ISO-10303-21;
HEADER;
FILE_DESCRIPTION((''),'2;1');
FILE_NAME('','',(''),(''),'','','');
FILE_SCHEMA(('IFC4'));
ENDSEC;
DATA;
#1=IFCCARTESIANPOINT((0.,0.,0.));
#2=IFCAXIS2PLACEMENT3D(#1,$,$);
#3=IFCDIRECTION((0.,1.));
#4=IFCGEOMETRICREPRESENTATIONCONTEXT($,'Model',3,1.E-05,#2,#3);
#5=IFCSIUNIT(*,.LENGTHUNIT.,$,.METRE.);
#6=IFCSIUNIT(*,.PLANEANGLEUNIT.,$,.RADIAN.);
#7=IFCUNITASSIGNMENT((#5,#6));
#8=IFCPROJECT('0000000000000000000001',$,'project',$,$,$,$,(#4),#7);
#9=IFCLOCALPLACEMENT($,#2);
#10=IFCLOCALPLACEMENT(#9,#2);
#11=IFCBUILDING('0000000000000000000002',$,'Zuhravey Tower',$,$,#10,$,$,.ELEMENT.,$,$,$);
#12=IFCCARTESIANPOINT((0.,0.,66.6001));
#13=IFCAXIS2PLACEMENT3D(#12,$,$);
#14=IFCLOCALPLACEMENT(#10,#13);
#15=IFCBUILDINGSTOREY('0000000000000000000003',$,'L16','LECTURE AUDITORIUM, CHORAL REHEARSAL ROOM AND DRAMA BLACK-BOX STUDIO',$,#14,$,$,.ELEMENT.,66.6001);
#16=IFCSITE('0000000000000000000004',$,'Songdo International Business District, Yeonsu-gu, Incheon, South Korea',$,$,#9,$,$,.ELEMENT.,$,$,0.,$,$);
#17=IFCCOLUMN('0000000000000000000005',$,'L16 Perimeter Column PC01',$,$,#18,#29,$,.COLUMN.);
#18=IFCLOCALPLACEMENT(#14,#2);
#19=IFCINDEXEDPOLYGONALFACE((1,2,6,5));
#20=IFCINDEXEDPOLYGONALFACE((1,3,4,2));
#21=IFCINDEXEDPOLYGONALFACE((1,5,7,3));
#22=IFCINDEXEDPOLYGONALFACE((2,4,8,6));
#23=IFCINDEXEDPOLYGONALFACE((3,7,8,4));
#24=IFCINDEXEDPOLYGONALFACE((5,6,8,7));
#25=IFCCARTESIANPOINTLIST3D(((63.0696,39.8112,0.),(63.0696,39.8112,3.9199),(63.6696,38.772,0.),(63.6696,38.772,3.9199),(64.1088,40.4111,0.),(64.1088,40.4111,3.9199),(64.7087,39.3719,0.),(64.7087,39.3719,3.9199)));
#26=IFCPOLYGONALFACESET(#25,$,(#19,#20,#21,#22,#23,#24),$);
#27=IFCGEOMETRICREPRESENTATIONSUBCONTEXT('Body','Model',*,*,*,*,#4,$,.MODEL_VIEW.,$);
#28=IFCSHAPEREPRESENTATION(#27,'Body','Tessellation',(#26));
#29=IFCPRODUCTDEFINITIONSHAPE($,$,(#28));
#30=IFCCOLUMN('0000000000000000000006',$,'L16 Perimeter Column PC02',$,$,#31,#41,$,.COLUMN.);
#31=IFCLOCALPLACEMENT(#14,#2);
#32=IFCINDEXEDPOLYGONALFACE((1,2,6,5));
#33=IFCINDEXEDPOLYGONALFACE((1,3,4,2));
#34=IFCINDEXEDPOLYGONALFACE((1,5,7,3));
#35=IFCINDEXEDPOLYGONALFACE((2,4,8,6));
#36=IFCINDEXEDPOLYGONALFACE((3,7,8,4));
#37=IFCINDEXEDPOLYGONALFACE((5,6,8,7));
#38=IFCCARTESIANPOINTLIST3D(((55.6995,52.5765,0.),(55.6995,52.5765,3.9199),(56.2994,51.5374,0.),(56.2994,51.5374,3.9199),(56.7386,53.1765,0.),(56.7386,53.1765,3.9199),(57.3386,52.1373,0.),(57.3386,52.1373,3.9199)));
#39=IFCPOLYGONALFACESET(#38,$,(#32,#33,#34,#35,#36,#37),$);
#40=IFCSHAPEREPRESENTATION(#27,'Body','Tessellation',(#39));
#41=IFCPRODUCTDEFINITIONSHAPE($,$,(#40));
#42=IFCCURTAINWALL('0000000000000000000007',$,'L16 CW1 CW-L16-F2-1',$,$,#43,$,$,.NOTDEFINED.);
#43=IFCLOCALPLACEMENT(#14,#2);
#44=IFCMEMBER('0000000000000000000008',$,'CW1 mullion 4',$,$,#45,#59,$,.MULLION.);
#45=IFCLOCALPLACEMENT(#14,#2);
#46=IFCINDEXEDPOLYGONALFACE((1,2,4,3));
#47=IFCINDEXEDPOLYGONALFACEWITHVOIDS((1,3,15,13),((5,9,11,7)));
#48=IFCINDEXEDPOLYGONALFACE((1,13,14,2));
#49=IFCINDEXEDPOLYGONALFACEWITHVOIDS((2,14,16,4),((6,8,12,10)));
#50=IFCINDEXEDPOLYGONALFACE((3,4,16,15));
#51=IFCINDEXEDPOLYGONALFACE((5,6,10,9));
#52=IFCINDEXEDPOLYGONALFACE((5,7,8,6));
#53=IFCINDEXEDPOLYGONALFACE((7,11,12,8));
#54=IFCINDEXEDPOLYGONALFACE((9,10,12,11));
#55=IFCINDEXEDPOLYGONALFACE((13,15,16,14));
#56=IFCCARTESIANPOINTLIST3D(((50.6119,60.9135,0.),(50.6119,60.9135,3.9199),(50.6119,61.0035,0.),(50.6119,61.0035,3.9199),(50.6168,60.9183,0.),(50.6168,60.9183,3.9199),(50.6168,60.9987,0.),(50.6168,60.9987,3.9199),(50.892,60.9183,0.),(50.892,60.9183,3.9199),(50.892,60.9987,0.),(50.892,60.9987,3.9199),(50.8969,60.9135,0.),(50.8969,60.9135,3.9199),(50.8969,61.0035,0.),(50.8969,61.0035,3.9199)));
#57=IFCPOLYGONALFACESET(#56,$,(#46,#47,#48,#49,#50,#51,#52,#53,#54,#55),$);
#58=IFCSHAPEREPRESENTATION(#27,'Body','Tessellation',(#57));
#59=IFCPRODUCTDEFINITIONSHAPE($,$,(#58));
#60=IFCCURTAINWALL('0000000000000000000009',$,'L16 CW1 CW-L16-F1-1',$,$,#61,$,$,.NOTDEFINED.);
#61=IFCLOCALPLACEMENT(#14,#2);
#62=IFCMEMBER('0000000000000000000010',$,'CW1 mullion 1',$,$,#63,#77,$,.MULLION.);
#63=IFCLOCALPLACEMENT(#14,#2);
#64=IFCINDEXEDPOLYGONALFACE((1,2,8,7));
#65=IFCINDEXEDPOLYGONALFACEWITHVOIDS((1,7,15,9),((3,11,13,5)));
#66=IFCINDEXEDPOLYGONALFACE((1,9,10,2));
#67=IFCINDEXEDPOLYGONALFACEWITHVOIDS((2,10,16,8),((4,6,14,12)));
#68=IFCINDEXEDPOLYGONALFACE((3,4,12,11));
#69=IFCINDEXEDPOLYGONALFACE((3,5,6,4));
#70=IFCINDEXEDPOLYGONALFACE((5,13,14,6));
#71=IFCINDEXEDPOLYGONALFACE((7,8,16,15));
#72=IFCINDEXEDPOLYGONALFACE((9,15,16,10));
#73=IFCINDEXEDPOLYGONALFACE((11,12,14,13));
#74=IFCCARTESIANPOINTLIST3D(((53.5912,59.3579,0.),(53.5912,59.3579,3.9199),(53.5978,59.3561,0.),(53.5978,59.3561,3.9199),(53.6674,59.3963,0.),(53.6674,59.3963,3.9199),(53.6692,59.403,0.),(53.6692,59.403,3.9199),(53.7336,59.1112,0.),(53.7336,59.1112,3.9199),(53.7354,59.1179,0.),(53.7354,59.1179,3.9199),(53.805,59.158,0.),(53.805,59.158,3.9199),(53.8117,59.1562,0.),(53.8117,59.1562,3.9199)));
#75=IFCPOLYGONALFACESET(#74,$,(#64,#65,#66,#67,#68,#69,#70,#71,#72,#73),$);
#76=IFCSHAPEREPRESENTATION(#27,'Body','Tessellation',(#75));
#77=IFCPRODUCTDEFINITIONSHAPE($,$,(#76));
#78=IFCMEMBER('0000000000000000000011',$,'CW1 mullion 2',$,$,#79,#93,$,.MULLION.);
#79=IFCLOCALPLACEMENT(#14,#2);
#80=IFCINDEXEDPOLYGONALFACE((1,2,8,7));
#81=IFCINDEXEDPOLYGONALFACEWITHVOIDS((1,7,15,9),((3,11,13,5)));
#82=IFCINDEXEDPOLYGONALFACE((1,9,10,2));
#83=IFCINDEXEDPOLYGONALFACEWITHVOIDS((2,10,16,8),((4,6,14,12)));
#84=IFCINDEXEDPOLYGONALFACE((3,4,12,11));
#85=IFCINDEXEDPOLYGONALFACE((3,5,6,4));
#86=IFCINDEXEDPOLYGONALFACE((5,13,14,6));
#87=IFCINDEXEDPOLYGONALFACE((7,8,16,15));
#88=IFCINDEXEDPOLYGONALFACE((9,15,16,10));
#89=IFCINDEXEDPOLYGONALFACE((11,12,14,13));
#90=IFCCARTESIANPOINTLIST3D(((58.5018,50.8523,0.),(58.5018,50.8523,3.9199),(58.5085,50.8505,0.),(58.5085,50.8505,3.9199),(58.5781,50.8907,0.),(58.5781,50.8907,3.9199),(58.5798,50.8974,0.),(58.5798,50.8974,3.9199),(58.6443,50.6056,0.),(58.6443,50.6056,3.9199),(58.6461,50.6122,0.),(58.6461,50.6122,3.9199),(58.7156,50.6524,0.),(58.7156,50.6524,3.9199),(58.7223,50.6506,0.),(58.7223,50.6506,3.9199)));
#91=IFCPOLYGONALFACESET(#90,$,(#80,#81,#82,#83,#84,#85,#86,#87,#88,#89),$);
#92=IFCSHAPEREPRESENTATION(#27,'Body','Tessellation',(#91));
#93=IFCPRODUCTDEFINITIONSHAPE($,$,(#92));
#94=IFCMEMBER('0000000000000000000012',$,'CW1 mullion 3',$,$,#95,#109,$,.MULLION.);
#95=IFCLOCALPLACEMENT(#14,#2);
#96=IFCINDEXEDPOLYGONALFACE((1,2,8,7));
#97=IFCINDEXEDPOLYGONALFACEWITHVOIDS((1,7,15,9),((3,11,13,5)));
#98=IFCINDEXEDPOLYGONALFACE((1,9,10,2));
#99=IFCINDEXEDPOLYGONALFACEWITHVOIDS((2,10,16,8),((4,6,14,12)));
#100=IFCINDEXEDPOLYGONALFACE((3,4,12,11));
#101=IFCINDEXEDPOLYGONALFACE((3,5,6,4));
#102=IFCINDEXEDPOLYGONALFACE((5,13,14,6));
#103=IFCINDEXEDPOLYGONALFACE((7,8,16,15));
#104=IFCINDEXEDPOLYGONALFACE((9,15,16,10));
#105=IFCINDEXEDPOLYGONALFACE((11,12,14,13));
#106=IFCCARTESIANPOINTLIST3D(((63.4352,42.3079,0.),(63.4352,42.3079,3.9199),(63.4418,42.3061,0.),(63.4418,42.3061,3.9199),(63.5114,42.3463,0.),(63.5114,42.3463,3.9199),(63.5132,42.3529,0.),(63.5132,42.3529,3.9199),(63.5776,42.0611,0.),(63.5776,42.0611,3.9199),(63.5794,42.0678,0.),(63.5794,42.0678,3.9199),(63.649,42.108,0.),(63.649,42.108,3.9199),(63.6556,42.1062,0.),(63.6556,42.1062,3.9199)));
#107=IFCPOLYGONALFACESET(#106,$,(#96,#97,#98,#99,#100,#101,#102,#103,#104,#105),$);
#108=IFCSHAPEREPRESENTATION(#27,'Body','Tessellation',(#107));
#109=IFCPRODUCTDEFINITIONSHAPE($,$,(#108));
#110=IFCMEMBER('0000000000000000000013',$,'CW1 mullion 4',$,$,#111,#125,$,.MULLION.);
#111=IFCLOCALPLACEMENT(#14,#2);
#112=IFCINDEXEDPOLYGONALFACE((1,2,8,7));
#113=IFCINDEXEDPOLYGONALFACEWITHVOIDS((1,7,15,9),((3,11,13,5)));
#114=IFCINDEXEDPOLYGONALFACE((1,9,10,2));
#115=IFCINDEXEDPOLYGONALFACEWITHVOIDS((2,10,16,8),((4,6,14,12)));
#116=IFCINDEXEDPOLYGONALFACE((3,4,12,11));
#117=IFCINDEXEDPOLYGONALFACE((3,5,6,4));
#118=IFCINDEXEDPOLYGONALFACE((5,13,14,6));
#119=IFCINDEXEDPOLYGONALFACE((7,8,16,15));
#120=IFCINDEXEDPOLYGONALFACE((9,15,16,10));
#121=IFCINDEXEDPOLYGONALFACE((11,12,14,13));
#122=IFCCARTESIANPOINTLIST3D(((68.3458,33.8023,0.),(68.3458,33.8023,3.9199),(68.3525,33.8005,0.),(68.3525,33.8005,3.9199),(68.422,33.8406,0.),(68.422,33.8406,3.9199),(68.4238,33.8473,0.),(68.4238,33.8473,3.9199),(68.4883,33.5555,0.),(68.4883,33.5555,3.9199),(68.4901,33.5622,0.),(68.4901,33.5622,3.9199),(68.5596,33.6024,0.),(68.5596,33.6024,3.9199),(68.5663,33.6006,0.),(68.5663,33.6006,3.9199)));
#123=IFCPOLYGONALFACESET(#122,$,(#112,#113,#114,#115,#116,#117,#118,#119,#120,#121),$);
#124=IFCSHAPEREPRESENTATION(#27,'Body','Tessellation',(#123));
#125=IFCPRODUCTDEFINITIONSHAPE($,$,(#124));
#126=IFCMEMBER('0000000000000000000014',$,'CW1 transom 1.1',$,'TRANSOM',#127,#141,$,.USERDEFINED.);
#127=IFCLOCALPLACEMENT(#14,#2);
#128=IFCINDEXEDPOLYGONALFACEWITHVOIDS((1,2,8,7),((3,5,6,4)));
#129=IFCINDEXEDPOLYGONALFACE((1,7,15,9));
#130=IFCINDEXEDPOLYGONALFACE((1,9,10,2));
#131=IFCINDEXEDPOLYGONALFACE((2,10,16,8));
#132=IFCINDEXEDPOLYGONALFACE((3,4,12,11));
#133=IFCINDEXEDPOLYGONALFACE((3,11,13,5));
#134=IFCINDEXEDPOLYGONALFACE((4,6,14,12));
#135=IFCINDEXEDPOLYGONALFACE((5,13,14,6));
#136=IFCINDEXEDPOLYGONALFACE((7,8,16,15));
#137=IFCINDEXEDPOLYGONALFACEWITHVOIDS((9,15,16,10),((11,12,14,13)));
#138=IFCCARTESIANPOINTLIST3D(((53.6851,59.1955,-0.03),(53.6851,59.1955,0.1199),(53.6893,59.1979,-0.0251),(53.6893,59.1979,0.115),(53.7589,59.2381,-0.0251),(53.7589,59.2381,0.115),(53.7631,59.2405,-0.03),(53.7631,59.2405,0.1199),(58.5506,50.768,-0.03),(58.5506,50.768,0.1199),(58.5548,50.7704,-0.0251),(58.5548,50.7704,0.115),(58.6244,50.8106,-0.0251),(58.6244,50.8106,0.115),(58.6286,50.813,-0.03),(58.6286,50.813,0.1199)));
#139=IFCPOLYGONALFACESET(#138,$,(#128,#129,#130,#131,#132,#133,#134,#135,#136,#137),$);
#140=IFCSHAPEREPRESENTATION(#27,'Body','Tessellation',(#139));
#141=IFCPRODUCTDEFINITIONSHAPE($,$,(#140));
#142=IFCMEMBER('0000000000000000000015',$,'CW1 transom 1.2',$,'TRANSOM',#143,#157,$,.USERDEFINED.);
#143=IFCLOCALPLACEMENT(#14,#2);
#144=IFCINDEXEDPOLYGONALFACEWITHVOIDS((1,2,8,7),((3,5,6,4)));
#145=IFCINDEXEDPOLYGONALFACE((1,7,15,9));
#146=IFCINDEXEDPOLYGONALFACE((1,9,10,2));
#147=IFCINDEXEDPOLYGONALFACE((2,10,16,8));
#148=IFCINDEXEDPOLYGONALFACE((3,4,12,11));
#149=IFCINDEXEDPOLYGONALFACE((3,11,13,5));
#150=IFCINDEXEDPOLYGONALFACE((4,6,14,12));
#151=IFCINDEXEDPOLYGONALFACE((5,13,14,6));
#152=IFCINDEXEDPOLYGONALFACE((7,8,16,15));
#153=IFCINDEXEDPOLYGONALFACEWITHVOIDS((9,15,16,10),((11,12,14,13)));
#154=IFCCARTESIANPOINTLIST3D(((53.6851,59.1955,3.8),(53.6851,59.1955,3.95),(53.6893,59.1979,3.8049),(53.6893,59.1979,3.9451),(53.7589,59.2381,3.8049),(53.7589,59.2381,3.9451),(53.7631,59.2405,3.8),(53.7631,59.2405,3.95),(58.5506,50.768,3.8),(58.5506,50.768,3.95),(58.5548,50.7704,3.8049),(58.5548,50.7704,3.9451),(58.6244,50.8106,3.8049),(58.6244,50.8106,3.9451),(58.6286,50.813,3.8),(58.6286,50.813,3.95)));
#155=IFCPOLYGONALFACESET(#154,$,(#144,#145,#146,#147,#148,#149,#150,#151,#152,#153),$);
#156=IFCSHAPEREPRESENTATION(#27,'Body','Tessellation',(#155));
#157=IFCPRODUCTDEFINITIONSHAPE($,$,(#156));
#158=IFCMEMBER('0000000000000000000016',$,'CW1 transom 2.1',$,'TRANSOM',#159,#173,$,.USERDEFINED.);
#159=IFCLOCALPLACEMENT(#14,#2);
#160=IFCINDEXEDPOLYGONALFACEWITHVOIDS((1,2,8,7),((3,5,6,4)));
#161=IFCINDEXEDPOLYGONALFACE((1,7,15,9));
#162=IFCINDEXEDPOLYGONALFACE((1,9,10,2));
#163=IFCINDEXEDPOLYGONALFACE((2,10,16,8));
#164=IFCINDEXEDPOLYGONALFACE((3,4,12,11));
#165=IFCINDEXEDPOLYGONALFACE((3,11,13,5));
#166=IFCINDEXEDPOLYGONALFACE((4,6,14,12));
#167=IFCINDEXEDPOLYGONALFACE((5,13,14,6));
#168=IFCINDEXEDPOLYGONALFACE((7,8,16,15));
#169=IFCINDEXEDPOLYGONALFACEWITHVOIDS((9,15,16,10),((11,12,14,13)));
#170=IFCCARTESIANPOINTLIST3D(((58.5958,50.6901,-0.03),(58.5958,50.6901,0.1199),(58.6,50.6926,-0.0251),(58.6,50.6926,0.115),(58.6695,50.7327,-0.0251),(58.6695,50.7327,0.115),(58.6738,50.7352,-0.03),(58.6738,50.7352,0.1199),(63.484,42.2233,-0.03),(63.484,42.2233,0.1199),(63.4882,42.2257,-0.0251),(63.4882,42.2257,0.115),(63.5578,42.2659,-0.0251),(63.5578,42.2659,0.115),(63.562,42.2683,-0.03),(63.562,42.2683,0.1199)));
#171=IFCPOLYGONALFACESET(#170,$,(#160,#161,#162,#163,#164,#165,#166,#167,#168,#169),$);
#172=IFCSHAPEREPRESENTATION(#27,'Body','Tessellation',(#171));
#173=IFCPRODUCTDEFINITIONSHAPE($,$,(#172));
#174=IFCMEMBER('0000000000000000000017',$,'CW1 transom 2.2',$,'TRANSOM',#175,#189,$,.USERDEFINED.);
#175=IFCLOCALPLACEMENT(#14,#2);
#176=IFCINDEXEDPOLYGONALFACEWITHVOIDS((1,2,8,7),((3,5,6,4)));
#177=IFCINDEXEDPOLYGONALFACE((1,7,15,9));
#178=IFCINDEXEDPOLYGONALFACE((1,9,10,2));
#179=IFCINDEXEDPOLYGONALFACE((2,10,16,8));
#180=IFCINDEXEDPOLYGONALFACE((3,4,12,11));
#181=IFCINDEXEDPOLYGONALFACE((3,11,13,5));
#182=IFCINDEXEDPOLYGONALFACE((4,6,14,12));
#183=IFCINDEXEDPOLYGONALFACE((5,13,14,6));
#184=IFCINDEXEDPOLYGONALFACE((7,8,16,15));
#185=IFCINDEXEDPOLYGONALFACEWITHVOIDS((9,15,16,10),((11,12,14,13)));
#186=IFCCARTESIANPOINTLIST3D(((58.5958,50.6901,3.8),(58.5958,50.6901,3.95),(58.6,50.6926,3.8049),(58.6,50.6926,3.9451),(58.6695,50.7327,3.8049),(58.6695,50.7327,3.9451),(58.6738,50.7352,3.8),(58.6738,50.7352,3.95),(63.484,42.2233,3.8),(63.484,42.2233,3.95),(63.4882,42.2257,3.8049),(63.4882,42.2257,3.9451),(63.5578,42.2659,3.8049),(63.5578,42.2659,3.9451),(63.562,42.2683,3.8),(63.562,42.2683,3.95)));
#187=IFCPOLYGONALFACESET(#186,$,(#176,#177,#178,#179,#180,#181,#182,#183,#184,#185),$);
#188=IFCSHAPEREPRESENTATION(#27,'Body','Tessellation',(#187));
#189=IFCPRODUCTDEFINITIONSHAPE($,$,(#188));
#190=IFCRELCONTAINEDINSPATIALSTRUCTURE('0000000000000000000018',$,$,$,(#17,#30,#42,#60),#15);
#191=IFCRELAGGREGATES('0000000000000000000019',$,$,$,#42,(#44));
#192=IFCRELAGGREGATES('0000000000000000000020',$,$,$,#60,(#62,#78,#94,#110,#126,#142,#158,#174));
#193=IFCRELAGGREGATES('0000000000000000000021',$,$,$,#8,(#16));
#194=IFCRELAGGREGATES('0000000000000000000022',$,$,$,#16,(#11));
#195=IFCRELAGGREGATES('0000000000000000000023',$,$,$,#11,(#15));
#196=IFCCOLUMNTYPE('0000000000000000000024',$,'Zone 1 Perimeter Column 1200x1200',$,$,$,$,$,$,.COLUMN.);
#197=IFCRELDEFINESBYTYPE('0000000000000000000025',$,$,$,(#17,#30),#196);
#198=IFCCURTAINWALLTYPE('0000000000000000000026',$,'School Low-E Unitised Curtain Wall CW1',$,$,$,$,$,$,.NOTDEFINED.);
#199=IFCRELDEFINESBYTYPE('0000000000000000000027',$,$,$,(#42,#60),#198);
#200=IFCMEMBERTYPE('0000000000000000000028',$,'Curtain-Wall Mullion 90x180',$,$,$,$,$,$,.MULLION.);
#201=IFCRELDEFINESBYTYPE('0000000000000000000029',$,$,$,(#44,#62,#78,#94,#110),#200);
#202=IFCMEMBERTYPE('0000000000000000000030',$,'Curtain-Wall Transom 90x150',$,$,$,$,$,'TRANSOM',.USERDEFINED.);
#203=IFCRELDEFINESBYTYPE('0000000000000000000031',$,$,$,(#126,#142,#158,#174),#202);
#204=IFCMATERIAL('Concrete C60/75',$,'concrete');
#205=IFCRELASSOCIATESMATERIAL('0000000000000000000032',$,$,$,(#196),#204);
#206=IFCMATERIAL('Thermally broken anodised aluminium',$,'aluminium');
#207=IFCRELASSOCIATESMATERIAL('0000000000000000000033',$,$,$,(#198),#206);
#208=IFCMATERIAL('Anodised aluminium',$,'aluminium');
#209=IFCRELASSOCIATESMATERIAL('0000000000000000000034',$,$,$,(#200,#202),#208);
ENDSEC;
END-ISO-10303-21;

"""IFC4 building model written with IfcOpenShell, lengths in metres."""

from ifc_helpers import new_model, si_unit, direction, frame, origin, origin_2d, place, context, subcontext, project, spatial, rectangle, hollow_rectangle, extrude, material, material_profile, profile_set, type_object, element, aggregate, save


model = new_model("IFC4")

# Units and contexts
model_context = context("Model", 3, precision=1e-05, world=origin(), true_north=direction((0.0, 1.0)))
body_context = subcontext(model_context, "Body", "Model", "MODEL_VIEW")
ifc_project = project(units=[si_unit("LENGTHUNIT", "METRE"), si_unit("PLANEANGLEUNIT", "RADIAN")], contexts=[model_context])

# Site, building, storey
site_placement = place(None, origin())
site = spatial("IfcSite", under=ifc_project, at=site_placement, Name="Songdo International Business District, Yeonsu-gu, Incheon, South Korea", CompositionType="ELEMENT", RefElevation=0.0)
building_placement = place(site_placement, origin())
building = spatial("IfcBuilding", under=site, at=building_placement, Name="Zuhravey Tower", CompositionType="ELEMENT")
storey_placement = place(building_placement, frame((0.0, 0.0, 66.6001)))
storey = spatial("IfcBuildingStorey", under=building, at=storey_placement, Name="L16", Description="LECTURE AUDITORIUM, CHORAL REHEARSAL ROOM AND DRAMA BLACK-BOX STUDIO", CompositionType="ELEMENT", Elevation=66.6001)

# Columns
ifc_material_1 = material(Name="Concrete C60/75", Category="concrete")
ifc_material_profile_1 = material_profile(ifc_material_1, rectangle(XDim=1.2, YDim=1.2, at=origin_2d()), Name="RC-1200x1200")
ifc_profile_set_1 = profile_set([ifc_material_profile_1], Name="Concrete C60/75")
column_type = type_object("IfcColumnType", Name="Zone 1 Perimeter Column 1200x1200", PredefinedType="COLUMN", material=ifc_profile_set_1)
for number, where, z_axis, x_axis, name in (
    (1, (63.8892, 39.5916, 0.0), (0.0, 0.0, 1.0), (-0.5, 0.866025, 0.0), "L16 Perimeter Column PC01"),
    (2, (56.519, 52.3569, 0.0), (0.0, 0.0, 1.0), (-0.5, 0.866025, 0.0), "L16 Perimeter Column PC02"),
):
    element("IfcColumn", number, at=place(storey_placement, frame(where, z_axis=z_axis, x_axis=x_axis)), inside=storey, type_object=column_type, Name=name, PredefinedType="COLUMN", context=body_context, shape_type="SweptSolid", body=[
        extrude(rectangle(XDim=1.2, YDim=1.2, at=origin_2d()), origin(), (0.0, 0.0, 1.0), 3.9199),
    ])

# Curtain wall, member
ifc_material_2 = material(Name="Thermally broken anodised aluminium", Category="aluminium")
curtain_wall_type = type_object("IfcCurtainWallType", Name="School Low-E Unitised Curtain Wall CW1", PredefinedType="NOTDEFINED", material=ifc_material_2)
curtain_wall_1_placement = place(storey_placement, origin())
curtain_wall_1 = element("IfcCurtainWall", 3, at=curtain_wall_1_placement, inside=storey, type_object=curtain_wall_type, Name="L16 CW1 CW-L16-F2-1", PredefinedType="NOTDEFINED")
ifc_material_3 = material(Name="Anodised aluminium", Category="aluminium")
ifc_material_profile_2 = material_profile(ifc_material_3, hollow_rectangle(XDim=0.0901, YDim=0.2849, WallThickness=0.0049, at=origin_2d()), Name="ALU-RHS-90x285x5")
ifc_profile_set_2 = profile_set([ifc_material_profile_2], Name="Anodised aluminium")
member_type_1 = type_object("IfcMemberType", Name="Curtain-Wall Mullion 90x180", PredefinedType="MULLION", material=ifc_profile_set_2)
member_1_placement = place(storey_placement, frame((50.7544, 60.9585, 0.0), z_axis=(0.0, 0.0, 1.0), x_axis=(0.0, 1.0, 0.0)))
member_1 = element("IfcMember", 4, at=member_1_placement, type_object=member_type_1, Name="CW1 mullion 4", PredefinedType="MULLION", context=body_context, shape_type="SweptSolid", body=[
    extrude(hollow_rectangle(XDim=0.0901, YDim=0.2849, WallThickness=0.0049, at=origin_2d()), origin(), (0.0, 0.0, 1.0), 3.9199),
])
aggregate(curtain_wall_1, [member_1])

# Curtain wall, members
curtain_wall_2_placement = place(storey_placement, origin())
curtain_wall_2 = element("IfcCurtainWall", 5, at=curtain_wall_2_placement, inside=storey, type_object=curtain_wall_type, Name="L16 CW1 CW-L16-F1-1", PredefinedType="NOTDEFINED")
member_2_placement = place(storey_placement, frame((53.7014, 59.2571, 0.0), z_axis=(0.0, 0.0, 1.0), x_axis=(0.866026, 0.5, 0.0)))
member_2 = element("IfcMember", 6, at=member_2_placement, type_object=member_type_1, Name="CW1 mullion 1", PredefinedType="MULLION", context=body_context, shape_type="SweptSolid", body=[
    extrude(hollow_rectangle(XDim=0.0901, YDim=0.2849, WallThickness=0.0049, at=origin_2d()), origin(), (0.0, 0.0, 1.0), 3.9199),
])
member_3_placement = place(storey_placement, frame((58.6121, 50.7515, 0.0), z_axis=(0.0, 0.0, 1.0), x_axis=(0.866026, 0.5, 0.0)))
member_3 = element("IfcMember", 7, at=member_3_placement, type_object=member_type_1, Name="CW1 mullion 2", PredefinedType="MULLION", context=body_context, shape_type="SweptSolid", body=[
    extrude(hollow_rectangle(XDim=0.0901, YDim=0.2849, WallThickness=0.0049, at=origin_2d()), origin(), (0.0, 0.0, 1.0), 3.9199),
])
member_4_placement = place(storey_placement, frame((63.5454, 42.207, 0.0), z_axis=(0.0, 0.0, 1.0), x_axis=(0.866026, 0.5, 0.0)))
member_4 = element("IfcMember", 8, at=member_4_placement, type_object=member_type_1, Name="CW1 mullion 3", PredefinedType="MULLION", context=body_context, shape_type="SweptSolid", body=[
    extrude(hollow_rectangle(XDim=0.0901, YDim=0.2849, WallThickness=0.0049, at=origin_2d()), origin(), (0.0, 0.0, 1.0), 3.9199),
])
member_5_placement = place(storey_placement, frame((68.4561, 33.7014, 0.0), z_axis=(0.0, 0.0, 1.0), x_axis=(0.866026, 0.5, 0.0)))
member_5 = element("IfcMember", 9, at=member_5_placement, type_object=member_type_1, Name="CW1 mullion 4", PredefinedType="MULLION", context=body_context, shape_type="SweptSolid", body=[
    extrude(hollow_rectangle(XDim=0.0901, YDim=0.2849, WallThickness=0.0049, at=origin_2d()), origin(), (0.0, 0.0, 1.0), 3.9199),
])
ifc_material_profile_3 = material_profile(ifc_material_3, hollow_rectangle(XDim=0.0901, YDim=0.1499, WallThickness=0.0049, at=origin_2d()), Name="ALU-RHS-90x150x5")
ifc_profile_set_3 = profile_set([ifc_material_profile_3], Name="Anodised aluminium")
member_type_2 = type_object("IfcMemberType", Name="Curtain-Wall Transom 90x150", ElementType="TRANSOM", PredefinedType="USERDEFINED", material=ifc_profile_set_3)
member_6_placement = place(storey_placement, frame((53.7241, 59.218, 0.0449), z_axis=(0.49999, -0.866031, 0.0), x_axis=(0.866031, 0.49999, 0.0)))
member_6 = element("IfcMember", 10, at=member_6_placement, type_object=member_type_2, Name="CW1 transom 1.1", ObjectType="TRANSOM", PredefinedType="USERDEFINED", context=body_context, shape_type="SweptSolid", body=[
    extrude(hollow_rectangle(XDim=0.0901, YDim=0.1499, WallThickness=0.0049, at=origin_2d()), origin(), (0.0, 0.0, 1.0), 9.7312),
])
member_7_placement = place(storey_placement, frame((53.7241, 59.218, 3.875), z_axis=(0.49999, -0.866031, 0.0), x_axis=(0.866031, 0.49999, 0.0)))
member_7 = element("IfcMember", 11, at=member_7_placement, type_object=member_type_2, Name="CW1 transom 1.2", ObjectType="TRANSOM", PredefinedType="USERDEFINED", context=body_context, shape_type="SweptSolid", body=[
    extrude(hollow_rectangle(XDim=0.0901, YDim=0.1499, WallThickness=0.0049, at=origin_2d()), origin(), (0.0, 0.0, 1.0), 9.7312),
])
member_8_placement = place(storey_placement, frame((58.6348, 50.7126, 0.0449), z_axis=(0.49999, -0.866031, 0.0), x_axis=(0.866031, 0.49999, 0.0)))
member_8 = element("IfcMember", 12, at=member_8_placement, type_object=member_type_2, Name="CW1 transom 2.1", ObjectType="TRANSOM", PredefinedType="USERDEFINED", context=body_context, shape_type="SweptSolid", body=[
    extrude(hollow_rectangle(XDim=0.0901, YDim=0.1499, WallThickness=0.0049, at=origin_2d()), origin(), (0.0, 0.0, 1.0), 9.7766),
])
member_9_placement = place(storey_placement, frame((58.6348, 50.7126, 3.875), z_axis=(0.49999, -0.866031, 0.0), x_axis=(0.866031, 0.49999, 0.0)))
member_9 = element("IfcMember", 13, at=member_9_placement, type_object=member_type_2, Name="CW1 transom 2.2", ObjectType="TRANSOM", PredefinedType="USERDEFINED", context=body_context, shape_type="SweptSolid", body=[
    extrude(hollow_rectangle(XDim=0.0901, YDim=0.1499, WallThickness=0.0049, at=origin_2d()), origin(), (0.0, 0.0, 1.0), 9.7766),
])

aggregate(curtain_wall_2, [member_2, member_3, member_4, member_5, member_6, member_7, member_8, member_9])

save(model, "model.ifc")
